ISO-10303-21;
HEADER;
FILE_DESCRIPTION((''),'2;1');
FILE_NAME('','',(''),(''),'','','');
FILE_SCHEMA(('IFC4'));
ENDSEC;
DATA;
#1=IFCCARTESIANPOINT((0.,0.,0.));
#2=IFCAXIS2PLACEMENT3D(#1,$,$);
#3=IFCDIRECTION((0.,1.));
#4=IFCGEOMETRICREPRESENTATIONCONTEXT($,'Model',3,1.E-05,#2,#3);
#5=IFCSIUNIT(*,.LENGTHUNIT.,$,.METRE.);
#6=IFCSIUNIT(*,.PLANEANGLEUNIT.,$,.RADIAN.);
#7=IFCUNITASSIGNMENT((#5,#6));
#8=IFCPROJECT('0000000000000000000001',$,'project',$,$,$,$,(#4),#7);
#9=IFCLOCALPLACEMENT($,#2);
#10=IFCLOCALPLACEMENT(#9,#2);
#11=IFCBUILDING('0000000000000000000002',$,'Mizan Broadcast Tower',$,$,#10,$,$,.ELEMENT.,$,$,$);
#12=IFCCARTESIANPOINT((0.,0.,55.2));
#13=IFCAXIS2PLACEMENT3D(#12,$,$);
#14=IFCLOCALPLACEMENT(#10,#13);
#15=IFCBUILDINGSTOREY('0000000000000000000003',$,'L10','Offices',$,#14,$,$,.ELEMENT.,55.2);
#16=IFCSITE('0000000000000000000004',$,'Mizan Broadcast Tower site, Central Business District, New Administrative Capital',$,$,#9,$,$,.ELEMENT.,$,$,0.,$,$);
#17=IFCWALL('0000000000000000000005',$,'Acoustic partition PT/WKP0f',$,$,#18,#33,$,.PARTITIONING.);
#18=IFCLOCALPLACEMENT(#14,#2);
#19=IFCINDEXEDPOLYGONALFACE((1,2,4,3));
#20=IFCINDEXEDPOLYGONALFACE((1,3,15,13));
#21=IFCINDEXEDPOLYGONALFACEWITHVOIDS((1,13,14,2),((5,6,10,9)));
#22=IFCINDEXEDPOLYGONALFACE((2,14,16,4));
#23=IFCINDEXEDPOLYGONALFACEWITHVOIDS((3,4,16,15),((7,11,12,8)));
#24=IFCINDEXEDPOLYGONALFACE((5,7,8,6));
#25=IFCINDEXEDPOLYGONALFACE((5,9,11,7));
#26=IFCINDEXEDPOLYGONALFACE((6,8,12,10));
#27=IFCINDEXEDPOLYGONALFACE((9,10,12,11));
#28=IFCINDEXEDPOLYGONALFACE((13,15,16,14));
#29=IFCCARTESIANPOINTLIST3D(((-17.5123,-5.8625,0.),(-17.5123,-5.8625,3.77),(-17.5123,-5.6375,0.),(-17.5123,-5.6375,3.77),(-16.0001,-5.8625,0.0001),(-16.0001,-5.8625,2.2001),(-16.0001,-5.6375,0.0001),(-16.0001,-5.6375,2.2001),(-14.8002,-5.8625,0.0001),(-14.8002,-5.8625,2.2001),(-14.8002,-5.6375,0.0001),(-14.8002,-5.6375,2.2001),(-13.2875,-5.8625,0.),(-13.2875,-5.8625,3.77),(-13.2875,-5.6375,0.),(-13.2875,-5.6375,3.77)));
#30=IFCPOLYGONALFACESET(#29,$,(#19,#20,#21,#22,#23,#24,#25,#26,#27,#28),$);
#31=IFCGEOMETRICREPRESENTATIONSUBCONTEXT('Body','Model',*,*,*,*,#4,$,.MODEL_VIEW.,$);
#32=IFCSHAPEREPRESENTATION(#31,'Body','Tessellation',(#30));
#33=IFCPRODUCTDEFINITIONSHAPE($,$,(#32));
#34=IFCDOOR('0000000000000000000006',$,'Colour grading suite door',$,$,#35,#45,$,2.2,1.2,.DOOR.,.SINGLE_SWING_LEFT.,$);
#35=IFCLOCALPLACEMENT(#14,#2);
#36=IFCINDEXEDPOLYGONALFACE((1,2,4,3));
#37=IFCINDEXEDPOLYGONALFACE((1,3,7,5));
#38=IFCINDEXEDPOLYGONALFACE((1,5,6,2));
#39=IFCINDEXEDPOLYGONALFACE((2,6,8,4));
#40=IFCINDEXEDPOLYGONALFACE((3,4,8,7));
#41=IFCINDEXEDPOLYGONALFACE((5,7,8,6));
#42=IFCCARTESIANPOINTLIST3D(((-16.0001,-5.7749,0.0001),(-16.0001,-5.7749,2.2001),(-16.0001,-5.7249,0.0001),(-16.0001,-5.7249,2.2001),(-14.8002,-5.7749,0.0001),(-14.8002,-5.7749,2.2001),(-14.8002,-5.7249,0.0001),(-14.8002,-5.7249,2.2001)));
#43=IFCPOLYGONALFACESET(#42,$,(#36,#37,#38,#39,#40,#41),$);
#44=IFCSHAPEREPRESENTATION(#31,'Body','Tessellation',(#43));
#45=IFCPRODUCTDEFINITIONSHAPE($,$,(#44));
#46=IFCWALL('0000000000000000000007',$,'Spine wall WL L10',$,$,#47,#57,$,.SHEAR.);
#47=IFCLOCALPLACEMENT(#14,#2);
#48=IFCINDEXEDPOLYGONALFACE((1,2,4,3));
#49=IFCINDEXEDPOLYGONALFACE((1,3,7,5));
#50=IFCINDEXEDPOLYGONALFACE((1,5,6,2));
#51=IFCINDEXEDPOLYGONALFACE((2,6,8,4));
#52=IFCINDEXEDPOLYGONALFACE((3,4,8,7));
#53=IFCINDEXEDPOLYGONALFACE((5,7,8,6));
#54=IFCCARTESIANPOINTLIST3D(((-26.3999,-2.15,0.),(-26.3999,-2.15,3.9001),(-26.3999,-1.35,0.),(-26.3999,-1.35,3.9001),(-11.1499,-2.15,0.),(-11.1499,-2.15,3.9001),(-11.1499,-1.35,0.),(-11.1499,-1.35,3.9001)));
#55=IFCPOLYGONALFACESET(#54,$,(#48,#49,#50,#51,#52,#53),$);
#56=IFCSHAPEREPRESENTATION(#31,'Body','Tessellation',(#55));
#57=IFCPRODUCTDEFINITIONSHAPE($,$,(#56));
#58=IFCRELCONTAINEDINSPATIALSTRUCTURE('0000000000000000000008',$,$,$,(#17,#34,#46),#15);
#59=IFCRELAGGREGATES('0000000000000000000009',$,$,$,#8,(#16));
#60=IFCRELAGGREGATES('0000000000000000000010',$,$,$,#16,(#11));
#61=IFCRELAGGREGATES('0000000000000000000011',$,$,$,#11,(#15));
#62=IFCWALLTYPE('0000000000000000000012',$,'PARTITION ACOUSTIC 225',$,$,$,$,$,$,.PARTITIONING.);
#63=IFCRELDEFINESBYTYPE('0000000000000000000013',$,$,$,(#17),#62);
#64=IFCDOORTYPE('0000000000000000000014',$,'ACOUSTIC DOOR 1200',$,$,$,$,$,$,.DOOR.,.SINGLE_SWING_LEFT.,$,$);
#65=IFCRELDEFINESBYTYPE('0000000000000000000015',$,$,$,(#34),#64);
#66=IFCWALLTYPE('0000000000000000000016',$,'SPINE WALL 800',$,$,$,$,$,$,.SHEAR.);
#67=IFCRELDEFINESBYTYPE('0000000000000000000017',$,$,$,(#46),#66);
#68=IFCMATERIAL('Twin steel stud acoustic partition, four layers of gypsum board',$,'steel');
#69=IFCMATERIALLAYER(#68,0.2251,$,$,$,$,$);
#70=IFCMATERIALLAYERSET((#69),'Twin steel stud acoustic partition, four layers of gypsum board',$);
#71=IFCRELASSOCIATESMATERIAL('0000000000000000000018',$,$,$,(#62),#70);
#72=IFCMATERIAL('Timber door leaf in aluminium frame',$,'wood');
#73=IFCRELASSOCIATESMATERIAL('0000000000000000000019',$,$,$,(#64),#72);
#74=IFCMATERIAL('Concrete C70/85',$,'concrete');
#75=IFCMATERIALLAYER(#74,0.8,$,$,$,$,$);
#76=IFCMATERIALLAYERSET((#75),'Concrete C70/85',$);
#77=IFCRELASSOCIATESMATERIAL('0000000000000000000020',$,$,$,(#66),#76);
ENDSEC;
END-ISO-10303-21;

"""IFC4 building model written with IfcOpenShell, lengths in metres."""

from ifc_helpers import new_model, si_unit, direction, frame, frame_2d, origin, place, context, subcontext, project, spatial, rectangle, extrude, material, layer, layer_set, type_object, element, fill, save


model = new_model("IFC4")

# Units and contexts
model_context = context("Model", 3, precision=1e-05, world=origin(), true_north=direction((0.0, 1.0)))
body_context = subcontext(model_context, "Body", "Model", "MODEL_VIEW")
ifc_project = project(units=[si_unit("LENGTHUNIT", "METRE"), si_unit("PLANEANGLEUNIT", "RADIAN")], contexts=[model_context])

# Site, building, storey
site_placement = place(None, origin())
site = spatial("IfcSite", under=ifc_project, at=site_placement, Name="Mizan Broadcast Tower site, Central Business District, New Administrative Capital", CompositionType="ELEMENT", RefElevation=0.0)
building_placement = place(site_placement, origin())
building = spatial("IfcBuilding", under=site, at=building_placement, Name="Mizan Broadcast Tower", CompositionType="ELEMENT")
storey_placement = place(building_placement, frame((0.0, 0.0, 55.2)))
storey = spatial("IfcBuildingStorey", under=building, at=storey_placement, Name="L10", Description="Offices", CompositionType="ELEMENT", Elevation=55.2)

# Shared definitions
ifc_material_1 = material(Name="Twin steel stud acoustic partition, four layers of gypsum board", Category="steel")
ifc_layer_1 = layer(ifc_material_1, 0.2251)
ifc_layer_set_1 = layer_set([ifc_layer_1], Name="Twin steel stud acoustic partition, four layers of gypsum board")
wall_type_1 = type_object("IfcWallType", Name="PARTITION ACOUSTIC 225", PredefinedType="PARTITIONING", material=ifc_layer_set_1)

# Wall, opening, door
wall_1_placement = place(storey_placement, frame((-13.2876, -5.75, 0.0), z_axis=(0.0, 0.0, 1.0), x_axis=(-1.0, 0.0, 0.0)))
wall_1 = element("IfcWall", 1, at=wall_1_placement, inside=storey, type_object=wall_type_1, Name="Acoustic partition PT/WKP0f", PredefinedType="PARTITIONING", context=body_context, shape_type="SweptSolid", body=[
    extrude(rectangle(XDim=4.2249, YDim=0.2251, at=frame_2d((2.1123, 0.0))), origin(), (0.0, 0.0, 1.0), 3.77),
])
opening_1_placement = place(wall_1_placement, frame((1.5125, 0.0, 0.0)))
opening_1 = element("IfcOpeningElement", 2, at=opening_1_placement, cuts=wall_1, PredefinedType="OPENING", context=body_context, shape_type="SweptSolid", body=[
    extrude(rectangle(XDim=1.2, YDim=2.2, at=frame_2d((0.6001, 1.1001))), frame((0.0, 0.1226, 0.0), z_axis=(0.0, -1.0, 0.0), x_axis=(1.0, 0.0, 0.0)), (0.0, 0.0, 1.0), 0.2451),
])
ifc_material_2 = material(Name="Timber door leaf in aluminium frame", Category="wood")
door_type_1 = type_object("IfcDoorType", Name="ACOUSTIC DOOR 1200", OperationType="SINGLE_SWING_LEFT", PredefinedType="DOOR", material=ifc_material_2)
door_1_placement = place(opening_1_placement, origin())
door_1 = element("IfcDoor", 3, at=door_1_placement, inside=storey, type_object=door_type_1, Name="Colour grading suite door", OperationType="SINGLE_SWING_LEFT", OverallHeight=2.2, OverallWidth=1.2, PredefinedType="DOOR", context=body_context, shape_type="SweptSolid", body=[
    extrude(rectangle(XDim=1.2, YDim=2.2, at=frame_2d((0.6001, 1.1001))), frame((0.0, 0.0249, 0.0), z_axis=(0.0, -1.0, 0.0), x_axis=(1.0, 0.0, 0.0)), (0.0, 0.0, 1.0), 0.05),
])
fill(opening_1, door_1)

# Wall
ifc_material_3 = material(Name="Concrete C70/85", Category="concrete")
ifc_layer_2 = layer(ifc_material_3, 0.8)
ifc_layer_set_2 = layer_set([ifc_layer_2], Name="Concrete C70/85")
wall_type_2 = type_object("IfcWallType", Name="SPINE WALL 800", PredefinedType="SHEAR", material=ifc_layer_set_2)
wall_2_placement = place(storey_placement, frame((-11.1499, -1.75, 0.0), z_axis=(0.0, 0.0, 1.0), x_axis=(-1.0, 0.0, 0.0)))
element("IfcWall", 4, at=wall_2_placement, inside=storey, type_object=wall_type_2, Name="Spine wall WL L10", PredefinedType="SHEAR", context=body_context, shape_type="SweptSolid", body=[
    extrude(rectangle(XDim=15.25, YDim=0.8, at=frame_2d((7.625, 0.0))), origin(), (0.0, 0.0, 1.0), 3.9001),
])

save(model, "model.ifc")
